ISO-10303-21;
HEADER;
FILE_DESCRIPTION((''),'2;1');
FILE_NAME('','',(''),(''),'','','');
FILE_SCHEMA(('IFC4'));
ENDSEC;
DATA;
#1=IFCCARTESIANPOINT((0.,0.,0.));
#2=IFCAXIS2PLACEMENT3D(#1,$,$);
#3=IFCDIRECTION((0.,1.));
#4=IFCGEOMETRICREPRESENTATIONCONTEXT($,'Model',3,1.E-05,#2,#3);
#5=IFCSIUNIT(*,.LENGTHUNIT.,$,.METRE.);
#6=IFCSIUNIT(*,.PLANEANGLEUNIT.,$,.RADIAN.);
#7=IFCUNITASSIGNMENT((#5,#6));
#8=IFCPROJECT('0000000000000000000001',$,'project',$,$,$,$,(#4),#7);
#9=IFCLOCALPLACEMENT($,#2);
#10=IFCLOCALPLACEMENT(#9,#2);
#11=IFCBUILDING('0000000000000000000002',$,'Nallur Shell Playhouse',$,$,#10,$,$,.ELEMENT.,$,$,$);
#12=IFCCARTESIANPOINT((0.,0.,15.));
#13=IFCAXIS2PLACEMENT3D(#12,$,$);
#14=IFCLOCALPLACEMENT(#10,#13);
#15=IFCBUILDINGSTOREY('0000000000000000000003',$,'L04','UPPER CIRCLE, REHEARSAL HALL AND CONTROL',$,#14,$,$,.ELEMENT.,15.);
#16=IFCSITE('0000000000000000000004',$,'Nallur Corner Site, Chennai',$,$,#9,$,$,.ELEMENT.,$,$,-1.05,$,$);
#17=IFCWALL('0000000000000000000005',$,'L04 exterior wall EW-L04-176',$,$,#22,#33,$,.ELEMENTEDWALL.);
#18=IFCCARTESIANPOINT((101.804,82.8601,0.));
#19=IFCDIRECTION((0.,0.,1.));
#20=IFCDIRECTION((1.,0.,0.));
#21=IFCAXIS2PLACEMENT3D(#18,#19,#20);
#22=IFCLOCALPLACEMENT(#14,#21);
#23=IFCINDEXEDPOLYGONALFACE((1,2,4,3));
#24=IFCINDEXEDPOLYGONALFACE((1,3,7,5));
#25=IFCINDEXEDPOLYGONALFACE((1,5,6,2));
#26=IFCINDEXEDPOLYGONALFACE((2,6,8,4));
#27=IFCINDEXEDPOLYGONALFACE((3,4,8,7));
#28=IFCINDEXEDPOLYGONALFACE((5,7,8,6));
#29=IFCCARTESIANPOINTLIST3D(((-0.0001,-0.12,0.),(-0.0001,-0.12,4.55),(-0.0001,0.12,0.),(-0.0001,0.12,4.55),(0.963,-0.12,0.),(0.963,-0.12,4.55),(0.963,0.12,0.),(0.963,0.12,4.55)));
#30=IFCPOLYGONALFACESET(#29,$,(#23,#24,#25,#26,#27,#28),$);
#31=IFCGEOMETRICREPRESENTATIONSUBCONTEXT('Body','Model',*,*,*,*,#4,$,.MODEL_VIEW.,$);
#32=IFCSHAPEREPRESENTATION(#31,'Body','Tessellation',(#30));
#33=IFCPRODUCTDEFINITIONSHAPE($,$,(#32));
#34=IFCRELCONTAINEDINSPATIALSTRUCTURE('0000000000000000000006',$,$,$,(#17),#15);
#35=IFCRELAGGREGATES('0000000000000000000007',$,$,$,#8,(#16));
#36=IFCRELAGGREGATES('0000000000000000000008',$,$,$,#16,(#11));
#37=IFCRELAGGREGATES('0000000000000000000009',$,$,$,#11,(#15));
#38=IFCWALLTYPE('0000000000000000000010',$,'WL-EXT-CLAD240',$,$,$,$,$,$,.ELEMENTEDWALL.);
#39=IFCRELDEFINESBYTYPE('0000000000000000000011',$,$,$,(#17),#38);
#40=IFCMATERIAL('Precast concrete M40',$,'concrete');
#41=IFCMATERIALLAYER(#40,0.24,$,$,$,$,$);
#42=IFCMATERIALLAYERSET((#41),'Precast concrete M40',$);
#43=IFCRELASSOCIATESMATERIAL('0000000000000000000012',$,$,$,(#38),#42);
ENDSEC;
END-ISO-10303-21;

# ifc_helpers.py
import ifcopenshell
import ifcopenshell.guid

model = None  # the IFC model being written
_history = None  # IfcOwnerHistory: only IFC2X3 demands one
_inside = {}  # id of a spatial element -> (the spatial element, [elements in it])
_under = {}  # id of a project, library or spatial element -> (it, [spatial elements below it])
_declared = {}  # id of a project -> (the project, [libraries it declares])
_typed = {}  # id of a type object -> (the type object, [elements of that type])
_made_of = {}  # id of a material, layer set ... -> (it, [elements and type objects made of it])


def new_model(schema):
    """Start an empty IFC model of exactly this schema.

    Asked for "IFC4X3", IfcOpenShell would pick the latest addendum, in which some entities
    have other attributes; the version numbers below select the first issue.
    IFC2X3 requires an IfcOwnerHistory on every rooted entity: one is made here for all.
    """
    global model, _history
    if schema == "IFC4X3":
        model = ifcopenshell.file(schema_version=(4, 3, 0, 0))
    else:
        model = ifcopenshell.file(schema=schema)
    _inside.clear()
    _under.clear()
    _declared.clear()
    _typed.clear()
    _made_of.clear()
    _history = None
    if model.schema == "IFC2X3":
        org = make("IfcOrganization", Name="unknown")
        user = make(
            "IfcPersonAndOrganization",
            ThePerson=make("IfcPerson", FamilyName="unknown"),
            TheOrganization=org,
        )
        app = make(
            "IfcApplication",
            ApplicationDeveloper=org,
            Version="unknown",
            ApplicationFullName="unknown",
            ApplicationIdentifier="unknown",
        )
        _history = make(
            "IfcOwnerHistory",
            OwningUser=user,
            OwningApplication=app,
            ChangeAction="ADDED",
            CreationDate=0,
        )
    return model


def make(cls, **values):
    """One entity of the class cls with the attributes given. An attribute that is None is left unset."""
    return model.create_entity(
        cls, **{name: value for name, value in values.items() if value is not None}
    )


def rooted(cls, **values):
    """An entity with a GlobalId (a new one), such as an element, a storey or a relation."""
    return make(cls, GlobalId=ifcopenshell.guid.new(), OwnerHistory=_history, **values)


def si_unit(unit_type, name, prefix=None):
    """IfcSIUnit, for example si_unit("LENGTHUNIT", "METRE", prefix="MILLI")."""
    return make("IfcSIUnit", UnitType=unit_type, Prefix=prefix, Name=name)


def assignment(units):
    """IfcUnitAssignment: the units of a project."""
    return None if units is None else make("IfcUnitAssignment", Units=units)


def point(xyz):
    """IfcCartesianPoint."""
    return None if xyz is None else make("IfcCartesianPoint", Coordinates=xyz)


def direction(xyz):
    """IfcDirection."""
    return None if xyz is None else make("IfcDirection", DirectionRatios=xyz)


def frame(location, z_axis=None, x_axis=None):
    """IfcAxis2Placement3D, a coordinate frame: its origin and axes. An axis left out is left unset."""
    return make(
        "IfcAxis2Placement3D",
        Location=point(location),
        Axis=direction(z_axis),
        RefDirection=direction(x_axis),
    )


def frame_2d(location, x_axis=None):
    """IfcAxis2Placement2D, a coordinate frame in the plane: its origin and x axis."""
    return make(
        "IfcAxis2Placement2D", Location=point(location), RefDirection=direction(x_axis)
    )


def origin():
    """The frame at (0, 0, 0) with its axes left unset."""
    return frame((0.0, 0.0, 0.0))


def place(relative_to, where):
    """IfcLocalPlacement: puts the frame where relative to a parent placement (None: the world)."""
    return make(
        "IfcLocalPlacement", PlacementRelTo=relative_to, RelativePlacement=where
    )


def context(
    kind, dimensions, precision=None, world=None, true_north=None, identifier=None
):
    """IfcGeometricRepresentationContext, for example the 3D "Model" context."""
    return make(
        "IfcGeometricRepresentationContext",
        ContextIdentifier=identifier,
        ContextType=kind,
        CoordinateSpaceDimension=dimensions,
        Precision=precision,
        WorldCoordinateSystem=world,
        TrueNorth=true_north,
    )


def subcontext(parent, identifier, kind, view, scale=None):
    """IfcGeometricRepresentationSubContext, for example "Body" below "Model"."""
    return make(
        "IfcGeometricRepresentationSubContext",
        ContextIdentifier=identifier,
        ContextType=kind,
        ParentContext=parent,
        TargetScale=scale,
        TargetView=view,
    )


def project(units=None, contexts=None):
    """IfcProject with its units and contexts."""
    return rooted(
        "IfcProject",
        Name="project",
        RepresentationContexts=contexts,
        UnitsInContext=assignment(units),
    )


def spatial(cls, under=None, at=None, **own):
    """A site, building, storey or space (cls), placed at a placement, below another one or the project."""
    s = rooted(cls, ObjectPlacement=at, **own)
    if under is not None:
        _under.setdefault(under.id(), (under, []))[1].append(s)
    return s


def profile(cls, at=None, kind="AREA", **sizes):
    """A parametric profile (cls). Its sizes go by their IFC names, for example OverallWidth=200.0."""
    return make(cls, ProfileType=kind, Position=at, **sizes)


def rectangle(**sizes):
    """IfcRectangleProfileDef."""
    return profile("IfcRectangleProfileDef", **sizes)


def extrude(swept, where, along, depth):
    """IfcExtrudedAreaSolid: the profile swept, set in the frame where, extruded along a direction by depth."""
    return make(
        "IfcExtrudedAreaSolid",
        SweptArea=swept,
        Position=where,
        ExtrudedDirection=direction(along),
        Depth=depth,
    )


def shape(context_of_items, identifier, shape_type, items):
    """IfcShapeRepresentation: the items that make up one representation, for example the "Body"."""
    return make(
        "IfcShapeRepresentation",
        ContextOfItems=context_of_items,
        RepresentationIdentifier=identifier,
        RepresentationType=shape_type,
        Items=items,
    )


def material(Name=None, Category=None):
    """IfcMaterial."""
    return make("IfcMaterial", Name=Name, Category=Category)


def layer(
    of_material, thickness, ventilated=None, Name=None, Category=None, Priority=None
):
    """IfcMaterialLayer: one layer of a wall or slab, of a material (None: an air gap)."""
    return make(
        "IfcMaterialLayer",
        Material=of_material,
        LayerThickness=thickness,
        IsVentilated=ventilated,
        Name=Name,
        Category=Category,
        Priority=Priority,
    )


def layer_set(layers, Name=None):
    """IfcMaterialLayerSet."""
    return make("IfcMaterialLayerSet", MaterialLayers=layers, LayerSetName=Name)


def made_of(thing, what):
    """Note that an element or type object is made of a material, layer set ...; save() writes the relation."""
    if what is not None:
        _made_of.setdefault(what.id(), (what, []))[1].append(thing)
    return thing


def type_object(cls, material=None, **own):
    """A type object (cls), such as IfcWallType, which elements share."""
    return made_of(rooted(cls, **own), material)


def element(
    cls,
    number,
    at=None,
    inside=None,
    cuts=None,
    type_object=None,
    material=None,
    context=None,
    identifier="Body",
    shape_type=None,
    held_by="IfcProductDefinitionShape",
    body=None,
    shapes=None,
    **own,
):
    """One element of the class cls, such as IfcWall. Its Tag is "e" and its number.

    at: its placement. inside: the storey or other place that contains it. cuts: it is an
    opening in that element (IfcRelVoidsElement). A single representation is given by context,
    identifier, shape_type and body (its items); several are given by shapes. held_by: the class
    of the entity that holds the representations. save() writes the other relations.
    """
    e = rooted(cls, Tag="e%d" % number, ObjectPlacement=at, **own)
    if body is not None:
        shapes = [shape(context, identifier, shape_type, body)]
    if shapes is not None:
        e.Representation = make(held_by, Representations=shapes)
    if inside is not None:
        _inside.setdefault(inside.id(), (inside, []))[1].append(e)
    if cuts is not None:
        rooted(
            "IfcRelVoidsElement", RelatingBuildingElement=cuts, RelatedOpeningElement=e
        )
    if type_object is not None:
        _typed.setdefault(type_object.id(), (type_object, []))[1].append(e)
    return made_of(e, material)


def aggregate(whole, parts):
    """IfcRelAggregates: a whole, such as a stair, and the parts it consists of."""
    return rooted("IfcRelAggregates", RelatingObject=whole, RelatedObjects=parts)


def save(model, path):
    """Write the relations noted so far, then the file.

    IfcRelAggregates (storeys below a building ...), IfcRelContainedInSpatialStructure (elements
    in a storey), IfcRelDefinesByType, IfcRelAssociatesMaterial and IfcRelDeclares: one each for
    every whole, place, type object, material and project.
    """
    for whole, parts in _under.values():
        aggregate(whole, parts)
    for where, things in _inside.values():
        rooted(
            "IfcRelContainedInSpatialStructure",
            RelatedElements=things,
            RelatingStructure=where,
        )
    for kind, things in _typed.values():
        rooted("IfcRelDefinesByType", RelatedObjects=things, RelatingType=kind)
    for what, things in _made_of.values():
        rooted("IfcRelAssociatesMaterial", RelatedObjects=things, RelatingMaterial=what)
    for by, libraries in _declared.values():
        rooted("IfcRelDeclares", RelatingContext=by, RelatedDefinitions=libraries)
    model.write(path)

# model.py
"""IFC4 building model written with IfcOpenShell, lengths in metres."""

from ifc_helpers import new_model, si_unit, direction, frame, frame_2d, origin, place, context, subcontext, project, spatial, rectangle, extrude, material, layer, layer_set, type_object, element, save


model = new_model("IFC4")

# Units and contexts
model_context = context("Model", 3, precision=1e-05, world=origin(), true_north=direction((0.0, 1.0)))
body_context = subcontext(model_context, "Body", "Model", "MODEL_VIEW")
ifc_project = project(units=[si_unit("LENGTHUNIT", "METRE"), si_unit("PLANEANGLEUNIT", "RADIAN")], contexts=[model_context])

# Site, building, storey
site_placement = place(None, origin())
site = spatial("IfcSite", under=ifc_project, at=site_placement, Name="Nallur Corner Site, Chennai", CompositionType="ELEMENT", RefElevation=-1.05)
building_placement = place(site_placement, origin())
building = spatial("IfcBuilding", under=site, at=building_placement, Name="Nallur Shell Playhouse", CompositionType="ELEMENT")
storey_placement = place(building_placement, frame((0.0, 0.0, 15.0)))
storey = spatial("IfcBuildingStorey", under=building, at=storey_placement, Name="L04", Description="UPPER CIRCLE, REHEARSAL HALL AND CONTROL", CompositionType="ELEMENT", Elevation=15.0)

# Wall
ifc_material_1 = material(Name="Precast concrete M40", Category="concrete")
ifc_layer_1 = layer(ifc_material_1, 0.24)
ifc_layer_set_1 = layer_set([ifc_layer_1], Name="Precast concrete M40")
wall_type_1 = type_object("IfcWallType", Name="WL-EXT-CLAD240", PredefinedType="ELEMENTEDWALL", material=ifc_layer_set_1)
wall_1_placement = place(storey_placement, frame((101.804, 82.8601, 0.0), z_axis=(0.0, 0.0, 1.0), x_axis=(1.0, 0.0, 0.0)))
element("IfcWall", 1, at=wall_1_placement, inside=storey, type_object=wall_type_1, Name="L04 exterior wall EW-L04-176", PredefinedType="ELEMENTEDWALL", context=body_context, shape_type="SweptSolid", body=[
    extrude(rectangle(XDim=0.9631, YDim=0.24, at=frame_2d((0.4814, 0.0))), origin(), (0.0, 0.0, 1.0), 4.55),
])

save(model, "model.ifc")
